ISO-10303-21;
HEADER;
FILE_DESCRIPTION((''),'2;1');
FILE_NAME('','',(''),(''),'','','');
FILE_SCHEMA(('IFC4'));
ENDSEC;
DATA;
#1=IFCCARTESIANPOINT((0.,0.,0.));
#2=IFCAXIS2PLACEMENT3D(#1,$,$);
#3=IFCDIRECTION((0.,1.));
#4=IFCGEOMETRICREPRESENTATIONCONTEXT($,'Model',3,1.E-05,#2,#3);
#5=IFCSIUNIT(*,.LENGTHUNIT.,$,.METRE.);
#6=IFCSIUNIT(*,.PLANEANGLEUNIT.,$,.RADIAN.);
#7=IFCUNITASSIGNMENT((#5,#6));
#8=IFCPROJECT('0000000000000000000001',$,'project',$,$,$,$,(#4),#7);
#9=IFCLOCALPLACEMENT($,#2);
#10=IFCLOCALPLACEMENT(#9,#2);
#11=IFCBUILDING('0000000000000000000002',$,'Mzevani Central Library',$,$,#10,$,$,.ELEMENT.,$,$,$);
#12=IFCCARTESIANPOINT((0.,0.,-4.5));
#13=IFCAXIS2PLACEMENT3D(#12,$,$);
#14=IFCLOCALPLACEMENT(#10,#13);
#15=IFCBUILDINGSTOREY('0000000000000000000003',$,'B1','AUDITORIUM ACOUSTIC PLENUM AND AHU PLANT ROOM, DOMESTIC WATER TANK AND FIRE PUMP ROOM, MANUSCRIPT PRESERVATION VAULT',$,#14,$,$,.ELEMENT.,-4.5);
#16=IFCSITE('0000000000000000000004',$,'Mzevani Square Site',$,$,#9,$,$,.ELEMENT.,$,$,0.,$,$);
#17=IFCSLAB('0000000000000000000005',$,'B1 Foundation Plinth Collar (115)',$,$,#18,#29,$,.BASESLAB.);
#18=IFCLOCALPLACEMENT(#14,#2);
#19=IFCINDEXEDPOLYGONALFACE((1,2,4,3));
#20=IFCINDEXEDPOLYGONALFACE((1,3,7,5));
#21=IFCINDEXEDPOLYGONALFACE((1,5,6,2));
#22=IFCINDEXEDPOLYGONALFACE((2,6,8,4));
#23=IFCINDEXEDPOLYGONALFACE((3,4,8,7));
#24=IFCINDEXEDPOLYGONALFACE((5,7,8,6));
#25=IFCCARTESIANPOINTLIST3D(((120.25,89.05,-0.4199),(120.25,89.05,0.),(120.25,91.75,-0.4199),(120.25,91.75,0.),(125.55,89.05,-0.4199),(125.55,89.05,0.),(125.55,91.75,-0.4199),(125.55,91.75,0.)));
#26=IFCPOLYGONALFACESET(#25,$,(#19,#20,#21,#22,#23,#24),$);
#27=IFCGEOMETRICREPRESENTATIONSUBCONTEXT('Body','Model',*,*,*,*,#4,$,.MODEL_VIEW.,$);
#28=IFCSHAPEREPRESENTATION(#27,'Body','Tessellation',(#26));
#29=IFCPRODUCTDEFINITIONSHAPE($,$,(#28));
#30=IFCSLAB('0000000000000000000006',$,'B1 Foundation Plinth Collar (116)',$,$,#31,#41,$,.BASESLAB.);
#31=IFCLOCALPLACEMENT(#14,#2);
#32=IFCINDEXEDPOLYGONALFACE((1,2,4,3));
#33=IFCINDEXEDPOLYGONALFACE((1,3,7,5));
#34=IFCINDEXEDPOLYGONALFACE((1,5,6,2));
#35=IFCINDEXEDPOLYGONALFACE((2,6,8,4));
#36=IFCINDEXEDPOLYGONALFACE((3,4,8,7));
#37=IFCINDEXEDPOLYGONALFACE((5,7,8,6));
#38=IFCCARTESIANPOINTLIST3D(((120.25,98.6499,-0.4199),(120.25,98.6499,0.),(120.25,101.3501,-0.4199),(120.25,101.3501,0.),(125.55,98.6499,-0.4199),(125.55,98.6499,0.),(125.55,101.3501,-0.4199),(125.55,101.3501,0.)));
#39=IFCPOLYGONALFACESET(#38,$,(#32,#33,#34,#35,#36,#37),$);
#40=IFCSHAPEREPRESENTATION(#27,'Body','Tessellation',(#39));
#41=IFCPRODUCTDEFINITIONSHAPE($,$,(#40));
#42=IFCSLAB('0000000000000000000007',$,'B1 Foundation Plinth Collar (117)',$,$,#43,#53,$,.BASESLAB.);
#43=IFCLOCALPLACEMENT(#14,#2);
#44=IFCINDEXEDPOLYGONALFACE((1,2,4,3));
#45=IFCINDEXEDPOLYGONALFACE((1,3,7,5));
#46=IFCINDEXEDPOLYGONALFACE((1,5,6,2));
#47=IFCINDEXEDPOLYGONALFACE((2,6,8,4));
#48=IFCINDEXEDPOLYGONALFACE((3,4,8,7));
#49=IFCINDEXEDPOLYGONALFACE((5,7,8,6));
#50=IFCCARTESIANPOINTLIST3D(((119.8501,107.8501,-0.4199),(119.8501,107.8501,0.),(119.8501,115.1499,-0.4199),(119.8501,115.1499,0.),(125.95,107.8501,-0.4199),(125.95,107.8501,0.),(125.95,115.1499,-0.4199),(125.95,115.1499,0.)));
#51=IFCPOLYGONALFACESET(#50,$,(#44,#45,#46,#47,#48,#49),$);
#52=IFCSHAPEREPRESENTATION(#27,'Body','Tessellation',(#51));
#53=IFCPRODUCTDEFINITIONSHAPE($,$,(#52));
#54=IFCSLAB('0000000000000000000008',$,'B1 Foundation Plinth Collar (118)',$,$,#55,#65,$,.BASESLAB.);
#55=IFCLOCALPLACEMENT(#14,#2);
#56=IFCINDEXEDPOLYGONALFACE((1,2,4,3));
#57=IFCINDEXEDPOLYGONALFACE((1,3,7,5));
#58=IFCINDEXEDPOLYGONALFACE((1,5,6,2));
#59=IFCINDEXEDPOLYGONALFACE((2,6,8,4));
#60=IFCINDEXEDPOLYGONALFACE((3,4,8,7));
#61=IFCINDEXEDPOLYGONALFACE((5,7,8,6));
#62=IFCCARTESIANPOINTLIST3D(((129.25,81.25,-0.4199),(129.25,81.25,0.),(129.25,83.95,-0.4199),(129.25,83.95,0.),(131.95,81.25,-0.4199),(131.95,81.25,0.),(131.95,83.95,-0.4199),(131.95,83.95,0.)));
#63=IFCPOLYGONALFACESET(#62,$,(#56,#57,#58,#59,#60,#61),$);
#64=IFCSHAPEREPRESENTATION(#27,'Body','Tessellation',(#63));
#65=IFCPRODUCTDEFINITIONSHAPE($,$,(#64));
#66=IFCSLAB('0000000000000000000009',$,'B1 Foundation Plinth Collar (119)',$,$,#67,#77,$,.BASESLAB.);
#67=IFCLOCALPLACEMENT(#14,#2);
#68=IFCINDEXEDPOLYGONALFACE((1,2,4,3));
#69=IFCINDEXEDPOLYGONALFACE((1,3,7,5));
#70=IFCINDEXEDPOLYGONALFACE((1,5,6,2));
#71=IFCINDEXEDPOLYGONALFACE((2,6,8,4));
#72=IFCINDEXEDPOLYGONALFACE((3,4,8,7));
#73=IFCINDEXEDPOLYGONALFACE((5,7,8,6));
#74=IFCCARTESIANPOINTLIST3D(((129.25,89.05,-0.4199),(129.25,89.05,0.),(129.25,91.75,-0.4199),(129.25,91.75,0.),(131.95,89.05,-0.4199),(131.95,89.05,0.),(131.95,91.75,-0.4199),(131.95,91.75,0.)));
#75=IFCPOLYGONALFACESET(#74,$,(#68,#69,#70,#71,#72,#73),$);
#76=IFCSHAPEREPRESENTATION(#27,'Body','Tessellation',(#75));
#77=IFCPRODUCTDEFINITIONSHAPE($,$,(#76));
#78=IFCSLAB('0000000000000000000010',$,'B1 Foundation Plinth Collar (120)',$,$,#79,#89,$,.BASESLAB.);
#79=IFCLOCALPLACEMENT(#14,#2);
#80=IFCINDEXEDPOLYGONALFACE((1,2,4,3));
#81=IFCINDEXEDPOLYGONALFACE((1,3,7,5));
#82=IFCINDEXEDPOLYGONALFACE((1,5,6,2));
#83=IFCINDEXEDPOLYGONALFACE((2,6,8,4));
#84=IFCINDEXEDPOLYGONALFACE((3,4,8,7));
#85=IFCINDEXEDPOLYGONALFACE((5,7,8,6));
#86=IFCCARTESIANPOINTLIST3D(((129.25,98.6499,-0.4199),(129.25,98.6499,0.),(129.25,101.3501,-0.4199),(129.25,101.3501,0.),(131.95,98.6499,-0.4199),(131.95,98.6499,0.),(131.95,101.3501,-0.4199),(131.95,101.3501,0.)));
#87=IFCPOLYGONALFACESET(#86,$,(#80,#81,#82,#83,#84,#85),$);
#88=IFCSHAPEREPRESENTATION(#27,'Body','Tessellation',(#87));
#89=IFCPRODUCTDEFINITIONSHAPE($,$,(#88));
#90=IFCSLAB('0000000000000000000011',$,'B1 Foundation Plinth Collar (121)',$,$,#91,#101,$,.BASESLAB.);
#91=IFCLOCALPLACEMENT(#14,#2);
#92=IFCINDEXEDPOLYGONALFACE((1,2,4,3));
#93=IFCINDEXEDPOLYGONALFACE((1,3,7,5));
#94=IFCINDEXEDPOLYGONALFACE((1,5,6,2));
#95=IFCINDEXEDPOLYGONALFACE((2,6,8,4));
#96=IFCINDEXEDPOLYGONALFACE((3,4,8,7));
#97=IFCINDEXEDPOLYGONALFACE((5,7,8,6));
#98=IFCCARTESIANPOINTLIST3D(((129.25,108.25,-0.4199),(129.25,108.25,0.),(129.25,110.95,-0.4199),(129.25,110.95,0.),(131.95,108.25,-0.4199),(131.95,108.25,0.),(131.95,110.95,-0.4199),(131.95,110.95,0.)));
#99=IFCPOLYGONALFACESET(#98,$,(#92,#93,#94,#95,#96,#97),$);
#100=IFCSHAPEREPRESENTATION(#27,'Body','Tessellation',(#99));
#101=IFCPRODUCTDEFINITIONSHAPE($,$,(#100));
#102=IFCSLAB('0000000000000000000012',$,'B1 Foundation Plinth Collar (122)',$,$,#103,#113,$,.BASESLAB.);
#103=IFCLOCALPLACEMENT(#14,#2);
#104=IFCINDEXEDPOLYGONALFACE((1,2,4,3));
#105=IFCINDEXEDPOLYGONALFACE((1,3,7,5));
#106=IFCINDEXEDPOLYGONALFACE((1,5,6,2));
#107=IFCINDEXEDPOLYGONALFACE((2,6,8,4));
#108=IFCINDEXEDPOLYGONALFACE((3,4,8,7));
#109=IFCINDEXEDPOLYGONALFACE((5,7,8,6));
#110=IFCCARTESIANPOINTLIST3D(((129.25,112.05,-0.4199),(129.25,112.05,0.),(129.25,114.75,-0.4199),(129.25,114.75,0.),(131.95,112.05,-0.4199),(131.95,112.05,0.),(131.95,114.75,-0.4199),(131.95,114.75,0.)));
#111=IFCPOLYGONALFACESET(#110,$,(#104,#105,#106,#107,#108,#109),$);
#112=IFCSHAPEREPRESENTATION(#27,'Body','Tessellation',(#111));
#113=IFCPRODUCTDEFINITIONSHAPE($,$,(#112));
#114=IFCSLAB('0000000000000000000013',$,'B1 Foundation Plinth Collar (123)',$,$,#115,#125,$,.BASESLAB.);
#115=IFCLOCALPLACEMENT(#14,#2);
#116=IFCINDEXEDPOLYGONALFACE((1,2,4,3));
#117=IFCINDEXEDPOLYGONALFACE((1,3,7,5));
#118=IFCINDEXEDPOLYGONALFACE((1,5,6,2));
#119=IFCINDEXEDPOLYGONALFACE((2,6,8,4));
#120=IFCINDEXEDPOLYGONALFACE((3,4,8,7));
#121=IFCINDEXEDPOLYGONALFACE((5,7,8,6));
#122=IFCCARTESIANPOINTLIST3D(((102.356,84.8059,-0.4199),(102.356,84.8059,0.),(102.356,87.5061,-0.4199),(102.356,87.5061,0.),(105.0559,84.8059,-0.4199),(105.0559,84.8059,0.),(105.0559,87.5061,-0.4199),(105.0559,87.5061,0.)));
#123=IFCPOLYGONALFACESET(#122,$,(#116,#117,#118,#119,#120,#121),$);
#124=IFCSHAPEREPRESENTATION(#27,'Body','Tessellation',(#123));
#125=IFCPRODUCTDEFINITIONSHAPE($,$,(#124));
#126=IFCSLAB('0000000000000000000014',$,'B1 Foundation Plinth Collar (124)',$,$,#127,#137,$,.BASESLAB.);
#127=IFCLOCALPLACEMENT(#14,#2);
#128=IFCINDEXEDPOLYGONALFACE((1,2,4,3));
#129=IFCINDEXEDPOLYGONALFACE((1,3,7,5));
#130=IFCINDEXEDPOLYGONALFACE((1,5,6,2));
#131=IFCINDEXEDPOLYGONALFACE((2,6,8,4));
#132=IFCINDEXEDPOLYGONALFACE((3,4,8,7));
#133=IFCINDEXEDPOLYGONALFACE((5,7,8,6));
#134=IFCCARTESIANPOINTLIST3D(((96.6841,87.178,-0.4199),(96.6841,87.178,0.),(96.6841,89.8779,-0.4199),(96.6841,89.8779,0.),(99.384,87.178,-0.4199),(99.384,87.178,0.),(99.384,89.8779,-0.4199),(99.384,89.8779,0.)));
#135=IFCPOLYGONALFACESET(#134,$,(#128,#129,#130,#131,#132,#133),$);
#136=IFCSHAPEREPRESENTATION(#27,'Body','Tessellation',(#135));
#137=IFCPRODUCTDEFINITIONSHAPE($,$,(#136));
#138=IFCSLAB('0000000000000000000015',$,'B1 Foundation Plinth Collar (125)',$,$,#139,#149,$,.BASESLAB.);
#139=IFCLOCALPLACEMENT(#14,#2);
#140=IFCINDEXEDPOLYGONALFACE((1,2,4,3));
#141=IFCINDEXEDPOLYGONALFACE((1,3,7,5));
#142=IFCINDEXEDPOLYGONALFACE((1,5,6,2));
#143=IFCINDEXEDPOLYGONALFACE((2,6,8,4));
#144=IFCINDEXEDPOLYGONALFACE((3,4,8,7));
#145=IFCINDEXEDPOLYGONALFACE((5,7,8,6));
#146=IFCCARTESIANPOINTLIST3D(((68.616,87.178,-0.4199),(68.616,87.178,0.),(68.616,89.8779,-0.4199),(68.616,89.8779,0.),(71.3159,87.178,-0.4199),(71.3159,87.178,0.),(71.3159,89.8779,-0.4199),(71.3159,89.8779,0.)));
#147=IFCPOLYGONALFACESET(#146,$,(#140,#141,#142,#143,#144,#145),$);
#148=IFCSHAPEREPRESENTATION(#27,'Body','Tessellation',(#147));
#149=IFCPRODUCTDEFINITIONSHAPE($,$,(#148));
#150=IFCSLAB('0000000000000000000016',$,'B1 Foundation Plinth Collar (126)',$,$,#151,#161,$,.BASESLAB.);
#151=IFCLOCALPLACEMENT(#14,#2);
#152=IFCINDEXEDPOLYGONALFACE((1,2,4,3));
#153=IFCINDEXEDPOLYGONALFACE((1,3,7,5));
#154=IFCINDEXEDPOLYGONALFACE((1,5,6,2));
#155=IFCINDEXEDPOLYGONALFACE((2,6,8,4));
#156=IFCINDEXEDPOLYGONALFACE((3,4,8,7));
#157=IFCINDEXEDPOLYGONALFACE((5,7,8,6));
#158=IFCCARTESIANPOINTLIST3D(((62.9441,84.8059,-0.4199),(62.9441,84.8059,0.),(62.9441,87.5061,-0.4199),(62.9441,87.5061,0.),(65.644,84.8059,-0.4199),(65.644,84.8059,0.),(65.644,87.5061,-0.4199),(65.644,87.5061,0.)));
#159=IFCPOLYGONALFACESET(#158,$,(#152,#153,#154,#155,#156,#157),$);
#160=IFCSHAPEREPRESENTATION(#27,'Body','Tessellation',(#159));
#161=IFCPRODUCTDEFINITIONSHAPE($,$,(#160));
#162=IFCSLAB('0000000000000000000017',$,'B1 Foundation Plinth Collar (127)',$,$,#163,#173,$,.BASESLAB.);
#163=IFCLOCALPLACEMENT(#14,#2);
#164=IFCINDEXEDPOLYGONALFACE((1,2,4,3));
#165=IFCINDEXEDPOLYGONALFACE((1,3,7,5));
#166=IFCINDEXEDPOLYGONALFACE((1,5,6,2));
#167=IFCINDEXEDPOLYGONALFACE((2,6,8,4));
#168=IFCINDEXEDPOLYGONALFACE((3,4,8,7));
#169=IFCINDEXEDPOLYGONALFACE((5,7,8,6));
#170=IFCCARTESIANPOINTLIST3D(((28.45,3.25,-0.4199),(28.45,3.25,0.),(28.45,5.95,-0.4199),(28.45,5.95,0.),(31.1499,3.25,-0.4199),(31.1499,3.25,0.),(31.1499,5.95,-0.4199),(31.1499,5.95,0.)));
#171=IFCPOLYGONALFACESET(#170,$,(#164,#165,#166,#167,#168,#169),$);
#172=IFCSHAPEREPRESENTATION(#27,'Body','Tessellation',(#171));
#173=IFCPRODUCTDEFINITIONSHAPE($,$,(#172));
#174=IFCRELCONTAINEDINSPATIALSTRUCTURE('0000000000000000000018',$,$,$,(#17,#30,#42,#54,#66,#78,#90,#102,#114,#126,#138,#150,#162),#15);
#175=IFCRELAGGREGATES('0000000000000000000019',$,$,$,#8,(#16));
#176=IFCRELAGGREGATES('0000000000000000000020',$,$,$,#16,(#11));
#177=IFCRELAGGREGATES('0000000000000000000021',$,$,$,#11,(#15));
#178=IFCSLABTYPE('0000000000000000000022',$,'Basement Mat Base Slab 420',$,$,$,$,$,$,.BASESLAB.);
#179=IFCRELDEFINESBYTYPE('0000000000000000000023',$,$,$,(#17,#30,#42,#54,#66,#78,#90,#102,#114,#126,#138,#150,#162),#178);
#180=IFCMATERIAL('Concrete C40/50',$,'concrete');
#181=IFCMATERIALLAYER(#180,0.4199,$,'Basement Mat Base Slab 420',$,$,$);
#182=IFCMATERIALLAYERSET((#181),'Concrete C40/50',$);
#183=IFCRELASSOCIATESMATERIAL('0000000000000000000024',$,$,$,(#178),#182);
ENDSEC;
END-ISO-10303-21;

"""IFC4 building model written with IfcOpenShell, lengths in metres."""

from ifc_helpers import new_model, si_unit, direction, frame, origin, place, context, subcontext, project, spatial, polyline, outline, extrude, material, layer, layer_set, type_object, element, save


model = new_model("IFC4")

# Units and contexts
model_context = context("Model", 3, precision=1e-05, world=origin(), true_north=direction((0.0, 1.0)))
body_context = subcontext(model_context, "Body", "Model", "MODEL_VIEW")
ifc_project = project(units=[si_unit("LENGTHUNIT", "METRE"), si_unit("PLANEANGLEUNIT", "RADIAN")], contexts=[model_context])

# Site, building, storey
site_placement = place(None, origin())
site = spatial("IfcSite", under=ifc_project, at=site_placement, Name="Mzevani Square Site", CompositionType="ELEMENT", RefElevation=0.0)
building_placement = place(site_placement, origin())
building = spatial("IfcBuilding", under=site, at=building_placement, Name="Mzevani Central Library", CompositionType="ELEMENT")
storey_placement = place(building_placement, frame((0.0, 0.0, -4.5)))
storey = spatial("IfcBuildingStorey", under=building, at=storey_placement, Name="B1", Description="AUDITORIUM ACOUSTIC PLENUM AND AHU PLANT ROOM, DOMESTIC WATER TANK AND FIRE PUMP ROOM, MANUSCRIPT PRESERVATION VAULT", CompositionType="ELEMENT", Elevation=-4.5)

# Slabs
ifc_material = material(Name="Concrete C40/50", Category="concrete")
ifc_layer = layer(ifc_material, 0.4199, Name="Basement Mat Base Slab 420")
ifc_layer_set = layer_set([ifc_layer], Name="Concrete C40/50")
slab_type = type_object("IfcSlabType", Name="Basement Mat Base Slab 420", PredefinedType="BASESLAB", material=ifc_layer_set)
slab_1_placement = place(storey_placement, frame((0.0, 0.0, -0.4199)))
element("IfcSlab", 1, at=slab_1_placement, inside=storey, type_object=slab_type, Name="B1 Foundation Plinth Collar (115)", PredefinedType="BASESLAB", context=body_context, shape_type="SweptSolid", body=[
    extrude(outline(polyline([(120.25, 91.75), (125.55, 91.75), (125.55, 89.05), (120.25, 89.05), (120.25, 91.75)])), origin(), (0.0, 0.0, 1.0), 0.4199),
])
slab_2_placement = place(storey_placement, frame((0.0, 0.0, -0.4199)))
element("IfcSlab", 2, at=slab_2_placement, inside=storey, type_object=slab_type, Name="B1 Foundation Plinth Collar (116)", PredefinedType="BASESLAB", context=body_context, shape_type="SweptSolid", body=[
    extrude(outline(polyline([(120.25, 101.3501), (125.55, 101.3501), (125.55, 98.6499), (120.25, 98.6499), (120.25, 101.3501)])), origin(), (0.0, 0.0, 1.0), 0.4199),
])
slab_3_placement = place(storey_placement, frame((0.0, 0.0, -0.4199)))
element("IfcSlab", 3, at=slab_3_placement, inside=storey, type_object=slab_type, Name="B1 Foundation Plinth Collar (117)", PredefinedType="BASESLAB", context=body_context, shape_type="SweptSolid", body=[
    extrude(outline(polyline([(119.8501, 115.1499), (125.95, 115.1499), (125.95, 107.8501), (119.8501, 107.8501), (119.8501, 115.1499)])), origin(), (0.0, 0.0, 1.0), 0.4199),
])
slab_4_placement = place(storey_placement, frame((0.0, 0.0, -0.4199)))
element("IfcSlab", 4, at=slab_4_placement, inside=storey, type_object=slab_type, Name="B1 Foundation Plinth Collar (118)", PredefinedType="BASESLAB", context=body_context, shape_type="SweptSolid", body=[
    extrude(outline(polyline([(129.25, 83.95), (131.95, 83.95), (131.95, 81.25), (129.25, 81.25), (129.25, 83.95)])), origin(), (0.0, 0.0, 1.0), 0.4199),
])
slab_5_placement = place(storey_placement, frame((0.0, 0.0, -0.4199)))
element("IfcSlab", 5, at=slab_5_placement, inside=storey, type_object=slab_type, Name="B1 Foundation Plinth Collar (119)", PredefinedType="BASESLAB", context=body_context, shape_type="SweptSolid", body=[
    extrude(outline(polyline([(129.25, 91.75), (131.95, 91.75), (131.95, 89.05), (129.25, 89.05), (129.25, 91.75)])), origin(), (0.0, 0.0, 1.0), 0.4199),
])
slab_6_placement = place(storey_placement, frame((0.0, 0.0, -0.4199)))
element("IfcSlab", 6, at=slab_6_placement, inside=storey, type_object=slab_type, Name="B1 Foundation Plinth Collar (120)", PredefinedType="BASESLAB", context=body_context, shape_type="SweptSolid", body=[
    extrude(outline(polyline([(129.25, 101.3501), (131.95, 101.3501), (131.95, 98.6499), (129.25, 98.6499), (129.25, 101.3501)])), origin(), (0.0, 0.0, 1.0), 0.4199),
])
slab_7_placement = place(storey_placement, frame((0.0, 0.0, -0.4199)))
element("IfcSlab", 7, at=slab_7_placement, inside=storey, type_object=slab_type, Name="B1 Foundation Plinth Collar (121)", PredefinedType="BASESLAB", context=body_context, shape_type="SweptSolid", body=[
    extrude(outline(polyline([(129.25, 110.95), (131.95, 110.95), (131.95, 108.25), (129.25, 108.25), (129.25, 110.95)])), origin(), (0.0, 0.0, 1.0), 0.4199),
])
slab_8_placement = place(storey_placement, frame((0.0, 0.0, -0.4199)))
element("IfcSlab", 8, at=slab_8_placement, inside=storey, type_object=slab_type, Name="B1 Foundation Plinth Collar (122)", PredefinedType="BASESLAB", context=body_context, shape_type="SweptSolid", body=[
    extrude(outline(polyline([(129.25, 114.75), (131.95, 114.75), (131.95, 112.05), (129.25, 112.05), (129.25, 114.75)])), origin(), (0.0, 0.0, 1.0), 0.4199),
])
slab_9_placement = place(storey_placement, frame((0.0, 0.0, -0.4199)))
element("IfcSlab", 9, at=slab_9_placement, inside=storey, type_object=slab_type, Name="B1 Foundation Plinth Collar (123)", PredefinedType="BASESLAB", context=body_context, shape_type="SweptSolid", body=[
    extrude(outline(polyline([(102.356, 87.5061), (105.0559, 87.5061), (105.0559, 84.8059), (102.356, 84.8059), (102.356, 87.5061)])), origin(), (0.0, 0.0, 1.0), 0.4199),
])
slab_10_placement = place(storey_placement, frame((0.0, 0.0, -0.4199)))
element("IfcSlab", 10, at=slab_10_placement, inside=storey, type_object=slab_type, Name="B1 Foundation Plinth Collar (124)", PredefinedType="BASESLAB", context=body_context, shape_type="SweptSolid", body=[
    extrude(outline(polyline([(96.6841, 89.8779), (99.384, 89.8779), (99.384, 87.178), (96.6841, 87.178), (96.6841, 89.8779)])), origin(), (0.0, 0.0, 1.0), 0.4199),
])
slab_11_placement = place(storey_placement, frame((0.0, 0.0, -0.4199)))
element("IfcSlab", 11, at=slab_11_placement, inside=storey, type_object=slab_type, Name="B1 Foundation Plinth Collar (125)", PredefinedType="BASESLAB", context=body_context, shape_type="SweptSolid", body=[
    extrude(outline(polyline([(68.616, 89.8779), (71.3159, 89.8779), (71.3159, 87.178), (68.616, 87.178), (68.616, 89.8779)])), origin(), (0.0, 0.0, 1.0), 0.4199),
])
slab_12_placement = place(storey_placement, frame((0.0, 0.0, -0.4199)))
element("IfcSlab", 12, at=slab_12_placement, inside=storey, type_object=slab_type, Name="B1 Foundation Plinth Collar (126)", PredefinedType="BASESLAB", context=body_context, shape_type="SweptSolid", body=[
    extrude(outline(polyline([(62.9441, 87.5061), (65.644, 87.5061), (65.644, 84.8059), (62.9441, 84.8059), (62.9441, 87.5061)])), origin(), (0.0, 0.0, 1.0), 0.4199),
])
slab_13_placement = place(storey_placement, frame((0.0, 0.0, -0.4199)))
element("IfcSlab", 13, at=slab_13_placement, inside=storey, type_object=slab_type, Name="B1 Foundation Plinth Collar (127)", PredefinedType="BASESLAB", context=body_context, shape_type="SweptSolid", body=[
    extrude(outline(polyline([(28.45, 5.95), (31.1499, 5.95), (31.1499, 3.25), (28.45, 3.25), (28.45, 5.95)])), origin(), (0.0, 0.0, 1.0), 0.4199),
])

save(model, "model.ifc")
